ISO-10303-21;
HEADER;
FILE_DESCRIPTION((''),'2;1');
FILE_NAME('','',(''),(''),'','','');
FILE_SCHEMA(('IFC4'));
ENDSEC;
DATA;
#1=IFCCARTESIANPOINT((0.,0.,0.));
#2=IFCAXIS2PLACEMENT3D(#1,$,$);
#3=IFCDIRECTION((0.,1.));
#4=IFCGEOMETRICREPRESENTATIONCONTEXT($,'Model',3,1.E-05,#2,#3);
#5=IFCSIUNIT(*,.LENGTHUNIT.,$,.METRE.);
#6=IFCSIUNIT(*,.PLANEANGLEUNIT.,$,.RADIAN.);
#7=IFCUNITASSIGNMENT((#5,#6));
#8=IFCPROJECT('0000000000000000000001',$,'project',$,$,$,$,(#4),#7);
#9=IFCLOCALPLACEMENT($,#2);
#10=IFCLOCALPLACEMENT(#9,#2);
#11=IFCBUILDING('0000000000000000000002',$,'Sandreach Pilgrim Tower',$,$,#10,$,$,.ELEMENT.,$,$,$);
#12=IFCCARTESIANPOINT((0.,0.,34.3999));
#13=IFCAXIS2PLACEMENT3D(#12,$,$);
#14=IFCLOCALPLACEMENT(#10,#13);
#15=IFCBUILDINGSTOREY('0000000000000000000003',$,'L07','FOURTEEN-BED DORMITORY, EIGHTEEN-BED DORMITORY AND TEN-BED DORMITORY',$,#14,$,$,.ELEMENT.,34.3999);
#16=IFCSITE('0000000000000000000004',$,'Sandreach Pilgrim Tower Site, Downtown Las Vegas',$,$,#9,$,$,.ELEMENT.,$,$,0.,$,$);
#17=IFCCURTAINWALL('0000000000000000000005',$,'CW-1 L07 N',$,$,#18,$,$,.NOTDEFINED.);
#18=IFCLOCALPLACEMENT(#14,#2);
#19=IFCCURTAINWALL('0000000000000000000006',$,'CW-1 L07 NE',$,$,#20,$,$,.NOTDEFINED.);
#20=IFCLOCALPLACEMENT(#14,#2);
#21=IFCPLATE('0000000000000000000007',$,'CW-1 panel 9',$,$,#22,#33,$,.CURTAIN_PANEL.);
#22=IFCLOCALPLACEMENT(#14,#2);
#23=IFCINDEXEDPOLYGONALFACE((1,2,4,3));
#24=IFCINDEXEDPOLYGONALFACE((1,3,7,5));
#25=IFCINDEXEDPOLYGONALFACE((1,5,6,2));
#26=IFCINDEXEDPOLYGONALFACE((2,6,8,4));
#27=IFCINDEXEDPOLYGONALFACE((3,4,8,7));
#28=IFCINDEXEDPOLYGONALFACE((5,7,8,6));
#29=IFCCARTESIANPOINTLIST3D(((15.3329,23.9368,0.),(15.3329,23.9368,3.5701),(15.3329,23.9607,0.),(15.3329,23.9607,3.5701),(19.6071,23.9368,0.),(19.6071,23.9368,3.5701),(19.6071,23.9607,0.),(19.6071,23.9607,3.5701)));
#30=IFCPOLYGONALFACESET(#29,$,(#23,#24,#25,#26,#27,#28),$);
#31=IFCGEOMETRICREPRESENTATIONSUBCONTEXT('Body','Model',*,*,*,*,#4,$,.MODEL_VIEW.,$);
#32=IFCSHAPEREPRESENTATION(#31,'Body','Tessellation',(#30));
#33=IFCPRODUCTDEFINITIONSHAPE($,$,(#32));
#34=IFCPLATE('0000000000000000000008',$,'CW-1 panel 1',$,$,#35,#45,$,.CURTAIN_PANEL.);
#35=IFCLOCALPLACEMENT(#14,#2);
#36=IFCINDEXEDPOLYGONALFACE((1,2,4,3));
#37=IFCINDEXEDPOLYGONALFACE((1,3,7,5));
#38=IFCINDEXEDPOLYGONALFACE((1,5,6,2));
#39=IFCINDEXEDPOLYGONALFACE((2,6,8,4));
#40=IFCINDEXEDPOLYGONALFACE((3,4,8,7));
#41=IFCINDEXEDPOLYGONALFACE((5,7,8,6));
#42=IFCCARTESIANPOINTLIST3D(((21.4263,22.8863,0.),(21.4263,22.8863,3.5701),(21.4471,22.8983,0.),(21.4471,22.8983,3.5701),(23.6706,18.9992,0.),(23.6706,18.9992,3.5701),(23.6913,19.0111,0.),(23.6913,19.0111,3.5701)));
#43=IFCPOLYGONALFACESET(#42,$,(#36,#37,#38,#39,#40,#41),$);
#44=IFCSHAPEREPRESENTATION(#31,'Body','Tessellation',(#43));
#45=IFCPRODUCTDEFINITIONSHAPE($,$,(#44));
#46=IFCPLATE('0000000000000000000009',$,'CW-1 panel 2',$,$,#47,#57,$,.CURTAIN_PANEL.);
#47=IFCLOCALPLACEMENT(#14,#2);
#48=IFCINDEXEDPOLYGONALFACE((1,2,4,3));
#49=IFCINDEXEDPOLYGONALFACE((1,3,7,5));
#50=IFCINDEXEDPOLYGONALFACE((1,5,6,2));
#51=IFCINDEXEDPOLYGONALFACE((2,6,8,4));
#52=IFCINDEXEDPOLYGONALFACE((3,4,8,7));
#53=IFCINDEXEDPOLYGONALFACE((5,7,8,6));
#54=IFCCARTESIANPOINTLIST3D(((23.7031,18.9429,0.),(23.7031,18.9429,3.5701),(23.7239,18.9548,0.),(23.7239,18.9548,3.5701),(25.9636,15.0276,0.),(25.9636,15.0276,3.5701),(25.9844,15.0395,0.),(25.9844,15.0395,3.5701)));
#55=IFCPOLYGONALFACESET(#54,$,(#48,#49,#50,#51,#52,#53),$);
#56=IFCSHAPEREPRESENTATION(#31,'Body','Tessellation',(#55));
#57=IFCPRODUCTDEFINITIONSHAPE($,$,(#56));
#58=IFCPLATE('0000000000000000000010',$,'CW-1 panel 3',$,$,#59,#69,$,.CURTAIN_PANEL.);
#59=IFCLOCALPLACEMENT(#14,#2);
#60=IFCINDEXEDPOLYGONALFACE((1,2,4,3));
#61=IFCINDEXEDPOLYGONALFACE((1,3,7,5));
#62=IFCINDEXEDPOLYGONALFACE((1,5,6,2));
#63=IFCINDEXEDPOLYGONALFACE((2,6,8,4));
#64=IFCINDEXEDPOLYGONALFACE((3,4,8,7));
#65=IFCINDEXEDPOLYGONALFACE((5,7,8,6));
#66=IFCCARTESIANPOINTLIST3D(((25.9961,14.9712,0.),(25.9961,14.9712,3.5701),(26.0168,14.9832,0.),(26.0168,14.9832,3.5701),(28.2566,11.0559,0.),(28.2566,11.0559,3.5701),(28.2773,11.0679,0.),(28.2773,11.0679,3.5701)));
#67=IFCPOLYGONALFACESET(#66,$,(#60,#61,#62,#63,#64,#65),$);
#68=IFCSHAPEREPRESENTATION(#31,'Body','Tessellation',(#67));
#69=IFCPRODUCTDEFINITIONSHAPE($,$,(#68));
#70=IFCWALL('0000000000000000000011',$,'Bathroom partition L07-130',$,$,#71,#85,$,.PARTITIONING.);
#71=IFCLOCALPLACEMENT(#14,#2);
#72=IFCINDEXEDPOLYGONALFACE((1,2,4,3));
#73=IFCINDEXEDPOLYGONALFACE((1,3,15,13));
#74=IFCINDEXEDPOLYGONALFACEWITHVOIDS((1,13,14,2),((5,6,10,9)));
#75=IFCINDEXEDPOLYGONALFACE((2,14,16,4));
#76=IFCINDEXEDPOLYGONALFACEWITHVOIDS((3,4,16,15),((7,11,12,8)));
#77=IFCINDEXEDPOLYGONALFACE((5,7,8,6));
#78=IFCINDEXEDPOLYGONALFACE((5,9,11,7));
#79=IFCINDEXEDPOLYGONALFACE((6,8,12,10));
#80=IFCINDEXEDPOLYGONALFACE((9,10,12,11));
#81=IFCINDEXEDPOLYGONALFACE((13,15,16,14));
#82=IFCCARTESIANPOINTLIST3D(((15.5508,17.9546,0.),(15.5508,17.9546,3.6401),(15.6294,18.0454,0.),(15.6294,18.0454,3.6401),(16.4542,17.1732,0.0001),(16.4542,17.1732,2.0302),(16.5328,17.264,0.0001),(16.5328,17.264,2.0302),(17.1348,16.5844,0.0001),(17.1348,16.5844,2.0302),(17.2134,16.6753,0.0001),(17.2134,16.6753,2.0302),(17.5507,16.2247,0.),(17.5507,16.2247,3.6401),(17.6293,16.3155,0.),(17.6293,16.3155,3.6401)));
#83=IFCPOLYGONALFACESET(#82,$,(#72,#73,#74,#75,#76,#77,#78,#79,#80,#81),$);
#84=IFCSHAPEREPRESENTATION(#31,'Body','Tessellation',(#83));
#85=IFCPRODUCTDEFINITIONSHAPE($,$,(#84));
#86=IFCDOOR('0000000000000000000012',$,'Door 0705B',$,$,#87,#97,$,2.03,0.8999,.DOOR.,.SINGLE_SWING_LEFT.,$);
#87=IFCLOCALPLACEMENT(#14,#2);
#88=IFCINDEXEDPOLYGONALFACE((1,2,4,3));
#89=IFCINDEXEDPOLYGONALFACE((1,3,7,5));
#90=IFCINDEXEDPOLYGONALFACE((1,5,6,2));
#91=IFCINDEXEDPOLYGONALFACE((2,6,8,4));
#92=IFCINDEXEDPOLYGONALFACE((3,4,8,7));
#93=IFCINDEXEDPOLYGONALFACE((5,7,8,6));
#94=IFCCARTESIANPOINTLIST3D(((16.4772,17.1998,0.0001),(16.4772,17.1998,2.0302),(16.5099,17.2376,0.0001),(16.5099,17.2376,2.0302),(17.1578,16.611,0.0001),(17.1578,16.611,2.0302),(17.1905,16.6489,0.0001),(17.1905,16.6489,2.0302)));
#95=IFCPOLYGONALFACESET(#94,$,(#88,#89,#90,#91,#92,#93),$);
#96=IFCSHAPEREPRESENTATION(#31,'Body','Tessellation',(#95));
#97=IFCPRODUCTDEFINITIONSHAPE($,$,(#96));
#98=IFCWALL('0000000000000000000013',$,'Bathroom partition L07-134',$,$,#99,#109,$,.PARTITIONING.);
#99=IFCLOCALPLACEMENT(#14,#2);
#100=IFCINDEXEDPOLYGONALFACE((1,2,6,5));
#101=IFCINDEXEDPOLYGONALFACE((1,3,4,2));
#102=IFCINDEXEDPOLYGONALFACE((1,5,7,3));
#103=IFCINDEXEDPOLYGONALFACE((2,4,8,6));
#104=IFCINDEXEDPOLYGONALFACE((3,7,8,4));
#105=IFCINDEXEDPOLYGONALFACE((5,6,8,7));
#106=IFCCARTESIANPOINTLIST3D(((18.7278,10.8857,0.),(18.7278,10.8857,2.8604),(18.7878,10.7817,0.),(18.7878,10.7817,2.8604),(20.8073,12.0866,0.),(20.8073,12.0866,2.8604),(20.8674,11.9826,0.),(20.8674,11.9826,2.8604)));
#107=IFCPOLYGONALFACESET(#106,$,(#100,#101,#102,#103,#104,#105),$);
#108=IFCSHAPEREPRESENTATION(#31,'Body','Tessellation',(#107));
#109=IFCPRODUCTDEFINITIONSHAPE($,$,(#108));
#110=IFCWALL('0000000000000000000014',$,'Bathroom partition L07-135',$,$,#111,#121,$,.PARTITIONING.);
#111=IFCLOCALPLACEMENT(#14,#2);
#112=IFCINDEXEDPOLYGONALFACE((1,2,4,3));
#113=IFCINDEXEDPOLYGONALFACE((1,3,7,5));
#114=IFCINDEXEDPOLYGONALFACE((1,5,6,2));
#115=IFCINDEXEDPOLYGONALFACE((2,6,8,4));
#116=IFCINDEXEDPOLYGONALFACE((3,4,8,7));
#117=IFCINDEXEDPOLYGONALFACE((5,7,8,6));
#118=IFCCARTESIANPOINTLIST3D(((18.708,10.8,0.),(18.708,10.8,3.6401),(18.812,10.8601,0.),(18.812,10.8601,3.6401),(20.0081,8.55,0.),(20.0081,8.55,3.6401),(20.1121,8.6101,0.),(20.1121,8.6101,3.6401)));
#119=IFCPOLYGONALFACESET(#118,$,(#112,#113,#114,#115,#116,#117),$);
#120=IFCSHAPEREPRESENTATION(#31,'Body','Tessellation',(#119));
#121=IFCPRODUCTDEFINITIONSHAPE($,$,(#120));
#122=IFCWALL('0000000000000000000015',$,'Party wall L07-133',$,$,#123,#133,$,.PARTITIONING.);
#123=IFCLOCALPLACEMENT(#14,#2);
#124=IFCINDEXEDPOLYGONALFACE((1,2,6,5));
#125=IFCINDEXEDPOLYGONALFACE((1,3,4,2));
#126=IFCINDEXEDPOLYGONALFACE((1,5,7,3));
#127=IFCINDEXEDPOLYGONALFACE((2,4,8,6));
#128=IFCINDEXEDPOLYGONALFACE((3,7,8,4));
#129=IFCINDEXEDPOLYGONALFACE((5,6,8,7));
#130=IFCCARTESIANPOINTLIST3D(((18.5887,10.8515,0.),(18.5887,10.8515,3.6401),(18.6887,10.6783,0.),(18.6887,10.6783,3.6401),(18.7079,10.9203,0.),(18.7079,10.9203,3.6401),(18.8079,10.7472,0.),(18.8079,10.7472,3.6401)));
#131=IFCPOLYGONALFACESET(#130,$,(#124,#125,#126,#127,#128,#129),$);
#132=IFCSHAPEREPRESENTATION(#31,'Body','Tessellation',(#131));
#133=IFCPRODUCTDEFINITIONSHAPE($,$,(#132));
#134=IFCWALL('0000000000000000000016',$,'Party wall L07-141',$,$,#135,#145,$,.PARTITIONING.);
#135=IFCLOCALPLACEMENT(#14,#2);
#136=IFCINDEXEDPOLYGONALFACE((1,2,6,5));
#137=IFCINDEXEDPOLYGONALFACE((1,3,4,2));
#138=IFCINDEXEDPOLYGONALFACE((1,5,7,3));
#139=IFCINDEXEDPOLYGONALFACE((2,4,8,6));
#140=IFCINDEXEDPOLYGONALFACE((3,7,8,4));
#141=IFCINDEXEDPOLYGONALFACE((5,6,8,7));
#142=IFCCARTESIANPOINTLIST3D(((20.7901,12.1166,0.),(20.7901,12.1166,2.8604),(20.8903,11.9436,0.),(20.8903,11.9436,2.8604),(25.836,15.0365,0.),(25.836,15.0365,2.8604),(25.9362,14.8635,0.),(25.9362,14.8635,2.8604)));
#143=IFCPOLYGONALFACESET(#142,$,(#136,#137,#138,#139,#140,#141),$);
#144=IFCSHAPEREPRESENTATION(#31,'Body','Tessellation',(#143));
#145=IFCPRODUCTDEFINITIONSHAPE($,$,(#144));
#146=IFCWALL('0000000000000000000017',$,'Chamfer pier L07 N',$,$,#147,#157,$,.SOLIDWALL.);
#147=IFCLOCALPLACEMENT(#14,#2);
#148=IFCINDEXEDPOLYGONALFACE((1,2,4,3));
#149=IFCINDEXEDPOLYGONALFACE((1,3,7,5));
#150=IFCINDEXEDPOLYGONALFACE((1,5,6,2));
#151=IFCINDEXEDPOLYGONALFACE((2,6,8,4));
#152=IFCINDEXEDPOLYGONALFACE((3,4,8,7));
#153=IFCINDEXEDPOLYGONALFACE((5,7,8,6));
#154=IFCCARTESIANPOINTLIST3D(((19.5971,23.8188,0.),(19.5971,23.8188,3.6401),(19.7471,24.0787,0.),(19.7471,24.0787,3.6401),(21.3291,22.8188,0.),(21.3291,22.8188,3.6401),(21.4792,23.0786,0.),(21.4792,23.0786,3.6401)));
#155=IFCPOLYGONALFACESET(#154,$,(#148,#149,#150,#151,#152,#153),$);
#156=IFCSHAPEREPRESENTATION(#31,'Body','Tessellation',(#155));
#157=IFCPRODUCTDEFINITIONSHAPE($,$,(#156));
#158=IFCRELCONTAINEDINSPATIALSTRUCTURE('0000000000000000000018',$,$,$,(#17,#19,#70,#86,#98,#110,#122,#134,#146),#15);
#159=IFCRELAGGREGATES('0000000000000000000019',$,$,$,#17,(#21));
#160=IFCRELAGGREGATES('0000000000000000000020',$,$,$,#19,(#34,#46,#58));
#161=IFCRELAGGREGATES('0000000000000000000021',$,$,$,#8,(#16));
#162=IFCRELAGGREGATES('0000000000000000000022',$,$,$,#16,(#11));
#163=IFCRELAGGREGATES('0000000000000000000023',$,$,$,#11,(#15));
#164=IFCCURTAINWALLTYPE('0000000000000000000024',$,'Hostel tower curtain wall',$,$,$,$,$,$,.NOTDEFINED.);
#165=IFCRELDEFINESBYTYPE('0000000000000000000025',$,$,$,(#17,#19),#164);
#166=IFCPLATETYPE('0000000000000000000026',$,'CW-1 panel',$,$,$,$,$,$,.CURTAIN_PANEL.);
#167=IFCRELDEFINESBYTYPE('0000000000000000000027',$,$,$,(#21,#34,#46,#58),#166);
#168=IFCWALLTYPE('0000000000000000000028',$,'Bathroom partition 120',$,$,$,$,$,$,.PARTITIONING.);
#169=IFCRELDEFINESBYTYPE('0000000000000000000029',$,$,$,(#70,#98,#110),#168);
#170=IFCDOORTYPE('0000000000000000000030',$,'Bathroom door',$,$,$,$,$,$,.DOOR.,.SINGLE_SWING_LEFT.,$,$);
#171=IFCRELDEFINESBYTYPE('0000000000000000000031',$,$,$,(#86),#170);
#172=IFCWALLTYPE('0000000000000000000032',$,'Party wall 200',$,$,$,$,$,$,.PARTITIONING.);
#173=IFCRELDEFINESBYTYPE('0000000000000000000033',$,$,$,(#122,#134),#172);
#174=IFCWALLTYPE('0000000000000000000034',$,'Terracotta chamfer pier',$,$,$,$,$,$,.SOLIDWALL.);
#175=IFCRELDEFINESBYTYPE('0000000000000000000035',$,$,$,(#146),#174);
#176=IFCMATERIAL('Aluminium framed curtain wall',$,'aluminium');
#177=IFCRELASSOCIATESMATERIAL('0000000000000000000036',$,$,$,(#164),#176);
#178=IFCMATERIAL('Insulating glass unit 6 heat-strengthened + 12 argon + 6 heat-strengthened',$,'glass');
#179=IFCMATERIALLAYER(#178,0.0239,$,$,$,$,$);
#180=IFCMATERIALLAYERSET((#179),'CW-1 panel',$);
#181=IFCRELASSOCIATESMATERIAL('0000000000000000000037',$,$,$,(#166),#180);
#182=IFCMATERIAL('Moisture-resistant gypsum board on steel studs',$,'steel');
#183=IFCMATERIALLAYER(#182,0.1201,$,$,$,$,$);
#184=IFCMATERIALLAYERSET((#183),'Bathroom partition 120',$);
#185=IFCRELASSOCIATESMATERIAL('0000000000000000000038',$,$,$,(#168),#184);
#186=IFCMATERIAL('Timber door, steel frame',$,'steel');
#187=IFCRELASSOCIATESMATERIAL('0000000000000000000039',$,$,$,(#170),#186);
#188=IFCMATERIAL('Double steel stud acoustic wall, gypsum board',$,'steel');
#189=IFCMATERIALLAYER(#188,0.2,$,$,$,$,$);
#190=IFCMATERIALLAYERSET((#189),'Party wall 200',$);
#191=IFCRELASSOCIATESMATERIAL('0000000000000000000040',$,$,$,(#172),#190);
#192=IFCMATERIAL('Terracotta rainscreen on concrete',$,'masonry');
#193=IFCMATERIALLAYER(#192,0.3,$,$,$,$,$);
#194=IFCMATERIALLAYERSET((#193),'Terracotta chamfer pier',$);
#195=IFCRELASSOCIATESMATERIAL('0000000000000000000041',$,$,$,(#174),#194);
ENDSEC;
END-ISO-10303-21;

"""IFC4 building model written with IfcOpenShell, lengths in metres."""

from ifc_helpers import new_model, si_unit, direction, frame, frame_2d, origin, origin_2d, place, context, subcontext, project, spatial, rectangle, extrude, material, layer, layer_set, type_object, element, fill, aggregate, save


model = new_model("IFC4")

# Units and contexts
model_context = context("Model", 3, precision=1e-05, world=origin(), true_north=direction((0.0, 1.0)))
body_context = subcontext(model_context, "Body", "Model", "MODEL_VIEW")
ifc_project = project(units=[si_unit("LENGTHUNIT", "METRE"), si_unit("PLANEANGLEUNIT", "RADIAN")], contexts=[model_context])

# Site, building, storey
site_placement = place(None, origin())
site = spatial("IfcSite", under=ifc_project, at=site_placement, Name="Sandreach Pilgrim Tower Site, Downtown Las Vegas", CompositionType="ELEMENT", RefElevation=0.0)
building_placement = place(site_placement, origin())
building = spatial("IfcBuilding", under=site, at=building_placement, Name="Sandreach Pilgrim Tower", CompositionType="ELEMENT")
storey_placement = place(building_placement, frame((0.0, 0.0, 34.3999)))
storey = spatial("IfcBuildingStorey", under=building, at=storey_placement, Name="L07", Description="FOURTEEN-BED DORMITORY, EIGHTEEN-BED DORMITORY AND TEN-BED DORMITORY", CompositionType="ELEMENT", Elevation=34.3999)

# Curtain wall
ifc_material_1 = material(Name="Aluminium framed curtain wall", Category="aluminium")
curtain_wall_type = type_object("IfcCurtainWallType", Name="Hostel tower curtain wall", PredefinedType="NOTDEFINED", material=ifc_material_1)
curtain_wall_1_placement = place(storey_placement, origin())
curtain_wall_1 = element("IfcCurtainWall", 1, at=curtain_wall_1_placement, inside=storey, type_object=curtain_wall_type, Name="CW-1 L07 N", PredefinedType="NOTDEFINED")

# Curtain wall
curtain_wall_2_placement = place(storey_placement, origin())
curtain_wall_2 = element("IfcCurtainWall", 2, at=curtain_wall_2_placement, inside=storey, type_object=curtain_wall_type, Name="CW-1 L07 NE", PredefinedType="NOTDEFINED")

# Plates
ifc_material_2 = material(Name="Insulating glass unit 6 heat-strengthened + 12 argon + 6 heat-strengthened", Category="glass")
ifc_layer_1 = layer(ifc_material_2, 0.0239)
ifc_layer_set_1 = layer_set([ifc_layer_1], Name="CW-1 panel")
plate_type = type_object("IfcPlateType", Name="CW-1 panel", PredefinedType="CURTAIN_PANEL", material=ifc_layer_set_1)
plate_1_placement = place(storey_placement, frame((17.47, 23.9487, 0.0), z_axis=(0.0, 0.0, 1.0), x_axis=(1.0, 0.0, 0.0)))
plate_1 = element("IfcPlate", 3, at=plate_1_placement, type_object=plate_type, Name="CW-1 panel 9", PredefinedType="CURTAIN_PANEL", context=body_context, shape_type="SweptSolid", body=[
    extrude(rectangle(XDim=4.2742, YDim=0.0239, at=origin_2d()), origin(), (0.0, 0.0, 1.0), 3.5701),
])
aggregate(curtain_wall_1, [plate_1])
plate_2_placement = place(storey_placement, frame((22.5588, 20.9487, 0.0), z_axis=(0.0, 0.0, 1.0), x_axis=(0.5, -0.866025, 0.0)))
plate_2 = element("IfcPlate", 4, at=plate_2_placement, type_object=plate_type, Name="CW-1 panel 1", PredefinedType="CURTAIN_PANEL", context=body_context, shape_type="SweptSolid", body=[
    extrude(rectangle(XDim=4.4885, YDim=0.0239, at=origin_2d()), origin(), (0.0, 0.0, 1.0), 3.5701),
])
plate_3_placement = place(storey_placement, frame((24.8438, 16.9912, 0.0), z_axis=(0.0, 0.0, 1.0), x_axis=(0.5, -0.866025, 0.0)))
plate_3 = element("IfcPlate", 5, at=plate_3_placement, type_object=plate_type, Name="CW-1 panel 2", PredefinedType="CURTAIN_PANEL", context=body_context, shape_type="SweptSolid", body=[
    extrude(rectangle(XDim=4.521, YDim=0.0239, at=origin_2d()), origin(), (0.0, 0.0, 1.0), 3.5701),
])
plate_4_placement = place(storey_placement, frame((27.1367, 13.0195, 0.0), z_axis=(0.0, 0.0, 1.0), x_axis=(0.5, -0.866025, 0.0)))
plate_4 = element("IfcPlate", 6, at=plate_4_placement, type_object=plate_type, Name="CW-1 panel 3", PredefinedType="CURTAIN_PANEL", context=body_context, shape_type="SweptSolid", body=[
    extrude(rectangle(XDim=4.521, YDim=0.0239, at=origin_2d()), origin(), (0.0, 0.0, 1.0), 3.5701),
])
aggregate(curtain_wall_2, [plate_2, plate_3, plate_4])

# Wall, opening, door
ifc_material_3 = material(Name="Moisture-resistant gypsum board on steel studs", Category="steel")
ifc_layer_2 = layer(ifc_material_3, 0.1201)
ifc_layer_set_2 = layer_set([ifc_layer_2], Name="Bathroom partition 120")
wall_type_1 = type_object("IfcWallType", Name="Bathroom partition 120", PredefinedType="PARTITIONING", material=ifc_layer_set_2)
wall_1_placement = place(storey_placement, frame((17.5901, 16.27, 0.0), z_axis=(0.0, 0.0, 1.0), x_axis=(-0.756316, 0.654206, 0.0)))
wall_1 = element("IfcWall", 7, at=wall_1_placement, inside=storey, type_object=wall_type_1, Name="Bathroom partition L07-130", PredefinedType="PARTITIONING", context=body_context, shape_type="SweptSolid", body=[
    extrude(rectangle(XDim=2.6443, YDim=0.1201, at=frame_2d((1.3223, 0.0))), origin(), (0.0, 0.0, 1.0), 3.6401),
])
opening_placement = place(wall_1_placement, frame((0.55, 0.0, 0.0)))
opening = element("IfcOpeningElement", 8, at=opening_placement, cuts=wall_1, PredefinedType="OPENING", context=body_context, shape_type="SweptSolid", body=[
    extrude(rectangle(XDim=0.8999, YDim=2.03, at=frame_2d((0.45, 1.0151))), frame((0.0, 0.0601, 0.0), z_axis=(0.0, -1.0, 0.0), x_axis=(1.0, 0.0, 0.0)), (0.0, 0.0, 1.0), 0.1201),
])
ifc_material_4 = material(Name="Timber door, steel frame", Category="steel")
door_type = type_object("IfcDoorType", Name="Bathroom door", OperationType="SINGLE_SWING_LEFT", PredefinedType="DOOR", material=ifc_material_4)
door_placement = place(opening_placement, origin())
door = element("IfcDoor", 9, at=door_placement, inside=storey, type_object=door_type, Name="Door 0705B", OperationType="SINGLE_SWING_LEFT", OverallHeight=2.03, OverallWidth=0.8999, PredefinedType="DOOR", context=body_context, shape_type="SweptSolid", body=[
    extrude(rectangle(XDim=0.8999, YDim=2.03, at=frame_2d((0.45, 1.0151))), frame((0.0, 0.0249, 0.0), z_axis=(0.0, -1.0, 0.0), x_axis=(1.0, 0.0, 0.0)), (0.0, 0.0, 1.0), 0.05),
])
fill(opening, door)

# Walls
wall_2_placement = place(storey_placement, frame((18.7578, 10.8337, 0.0), z_axis=(0.0, 0.0, 1.0), x_axis=(0.865976, 0.500086, 0.0)))
element("IfcWall", 10, at=wall_2_placement, inside=storey, type_object=wall_type_1, Name="Bathroom partition L07-134", PredefinedType="PARTITIONING", context=body_context, shape_type="SweptSolid", body=[
    extrude(rectangle(XDim=2.4014, YDim=0.1201, at=frame_2d((1.2007, 0.0))), origin(), (0.0, 0.0, 1.0), 2.8604),
])
wall_3_placement = place(storey_placement, frame((18.76, 10.8301, 0.0), z_axis=(0.0, 0.0, 1.0), x_axis=(0.500292, -0.865857, 0.0)))
element("IfcWall", 11, at=wall_3_placement, inside=storey, type_object=wall_type_1, Name="Bathroom partition L07-135", PredefinedType="PARTITIONING", context=body_context, shape_type="SweptSolid", body=[
    extrude(rectangle(XDim=2.5986, YDim=0.1201, at=frame_2d((1.2993, 0.0))), origin(), (0.0, 0.0, 1.0), 3.6401),
])
ifc_material_5 = material(Name="Double steel stud acoustic wall, gypsum board", Category="steel")
ifc_layer_3 = layer(ifc_material_5, 0.2)
ifc_layer_set_3 = layer_set([ifc_layer_3], Name="Party wall 200")
wall_type_2 = type_object("IfcWallType", Name="Party wall 200", PredefinedType="PARTITIONING", material=ifc_layer_set_3)
wall_4_placement = place(storey_placement, frame((18.6387, 10.7649, 0.0), z_axis=(0.0, 0.0, 1.0), x_axis=(0.865831, 0.500337, 0.0)))
element("IfcWall", 12, at=wall_4_placement, inside=storey, type_object=wall_type_2, Name="Party wall L07-133", PredefinedType="PARTITIONING", context=body_context, shape_type="SweptSolid", body=[
    extrude(rectangle(XDim=0.1377, YDim=0.2, at=frame_2d((0.0688, 0.0))), origin(), (0.0, 0.0, 1.0), 3.6401),
])
wall_5_placement = place(storey_placement, frame((20.8401, 12.03, 0.0), z_axis=(0.0, 0.0, 1.0), x_axis=(0.865529, 0.500858, 0.0)))
element("IfcWall", 13, at=wall_5_placement, inside=storey, type_object=wall_type_2, Name="Party wall L07-141", PredefinedType="PARTITIONING", context=body_context, shape_type="SweptSolid", body=[
    extrude(rectangle(XDim=5.8298, YDim=0.2, at=frame_2d((2.915, 0.0))), origin(), (0.0, 0.0, 1.0), 2.8604),
])
ifc_material_6 = material(Name="Terracotta rainscreen on concrete", Category="masonry")
ifc_layer_4 = layer(ifc_material_6, 0.3)
ifc_layer_set_4 = layer_set([ifc_layer_4], Name="Terracotta chamfer pier")
wall_type_3 = type_object("IfcWallType", Name="Terracotta chamfer pier", PredefinedType="SOLIDWALL", material=ifc_layer_set_4)
wall_6_placement = place(storey_placement, frame((19.6721, 23.9487, 0.0), z_axis=(0.0, 0.0, 1.0), x_axis=(0.866011, -0.500025, 0.0)))
element("IfcWall", 14, at=wall_6_placement, inside=storey, type_object=wall_type_3, Name="Chamfer pier L07 N", PredefinedType="SOLIDWALL", context=body_context, shape_type="SweptSolid", body=[
    extrude(rectangle(XDim=2.0, YDim=0.3, at=frame_2d((1.0, 0.0))), origin(), (0.0, 0.0, 1.0), 3.6401),
])

save(model, "model.ifc")
